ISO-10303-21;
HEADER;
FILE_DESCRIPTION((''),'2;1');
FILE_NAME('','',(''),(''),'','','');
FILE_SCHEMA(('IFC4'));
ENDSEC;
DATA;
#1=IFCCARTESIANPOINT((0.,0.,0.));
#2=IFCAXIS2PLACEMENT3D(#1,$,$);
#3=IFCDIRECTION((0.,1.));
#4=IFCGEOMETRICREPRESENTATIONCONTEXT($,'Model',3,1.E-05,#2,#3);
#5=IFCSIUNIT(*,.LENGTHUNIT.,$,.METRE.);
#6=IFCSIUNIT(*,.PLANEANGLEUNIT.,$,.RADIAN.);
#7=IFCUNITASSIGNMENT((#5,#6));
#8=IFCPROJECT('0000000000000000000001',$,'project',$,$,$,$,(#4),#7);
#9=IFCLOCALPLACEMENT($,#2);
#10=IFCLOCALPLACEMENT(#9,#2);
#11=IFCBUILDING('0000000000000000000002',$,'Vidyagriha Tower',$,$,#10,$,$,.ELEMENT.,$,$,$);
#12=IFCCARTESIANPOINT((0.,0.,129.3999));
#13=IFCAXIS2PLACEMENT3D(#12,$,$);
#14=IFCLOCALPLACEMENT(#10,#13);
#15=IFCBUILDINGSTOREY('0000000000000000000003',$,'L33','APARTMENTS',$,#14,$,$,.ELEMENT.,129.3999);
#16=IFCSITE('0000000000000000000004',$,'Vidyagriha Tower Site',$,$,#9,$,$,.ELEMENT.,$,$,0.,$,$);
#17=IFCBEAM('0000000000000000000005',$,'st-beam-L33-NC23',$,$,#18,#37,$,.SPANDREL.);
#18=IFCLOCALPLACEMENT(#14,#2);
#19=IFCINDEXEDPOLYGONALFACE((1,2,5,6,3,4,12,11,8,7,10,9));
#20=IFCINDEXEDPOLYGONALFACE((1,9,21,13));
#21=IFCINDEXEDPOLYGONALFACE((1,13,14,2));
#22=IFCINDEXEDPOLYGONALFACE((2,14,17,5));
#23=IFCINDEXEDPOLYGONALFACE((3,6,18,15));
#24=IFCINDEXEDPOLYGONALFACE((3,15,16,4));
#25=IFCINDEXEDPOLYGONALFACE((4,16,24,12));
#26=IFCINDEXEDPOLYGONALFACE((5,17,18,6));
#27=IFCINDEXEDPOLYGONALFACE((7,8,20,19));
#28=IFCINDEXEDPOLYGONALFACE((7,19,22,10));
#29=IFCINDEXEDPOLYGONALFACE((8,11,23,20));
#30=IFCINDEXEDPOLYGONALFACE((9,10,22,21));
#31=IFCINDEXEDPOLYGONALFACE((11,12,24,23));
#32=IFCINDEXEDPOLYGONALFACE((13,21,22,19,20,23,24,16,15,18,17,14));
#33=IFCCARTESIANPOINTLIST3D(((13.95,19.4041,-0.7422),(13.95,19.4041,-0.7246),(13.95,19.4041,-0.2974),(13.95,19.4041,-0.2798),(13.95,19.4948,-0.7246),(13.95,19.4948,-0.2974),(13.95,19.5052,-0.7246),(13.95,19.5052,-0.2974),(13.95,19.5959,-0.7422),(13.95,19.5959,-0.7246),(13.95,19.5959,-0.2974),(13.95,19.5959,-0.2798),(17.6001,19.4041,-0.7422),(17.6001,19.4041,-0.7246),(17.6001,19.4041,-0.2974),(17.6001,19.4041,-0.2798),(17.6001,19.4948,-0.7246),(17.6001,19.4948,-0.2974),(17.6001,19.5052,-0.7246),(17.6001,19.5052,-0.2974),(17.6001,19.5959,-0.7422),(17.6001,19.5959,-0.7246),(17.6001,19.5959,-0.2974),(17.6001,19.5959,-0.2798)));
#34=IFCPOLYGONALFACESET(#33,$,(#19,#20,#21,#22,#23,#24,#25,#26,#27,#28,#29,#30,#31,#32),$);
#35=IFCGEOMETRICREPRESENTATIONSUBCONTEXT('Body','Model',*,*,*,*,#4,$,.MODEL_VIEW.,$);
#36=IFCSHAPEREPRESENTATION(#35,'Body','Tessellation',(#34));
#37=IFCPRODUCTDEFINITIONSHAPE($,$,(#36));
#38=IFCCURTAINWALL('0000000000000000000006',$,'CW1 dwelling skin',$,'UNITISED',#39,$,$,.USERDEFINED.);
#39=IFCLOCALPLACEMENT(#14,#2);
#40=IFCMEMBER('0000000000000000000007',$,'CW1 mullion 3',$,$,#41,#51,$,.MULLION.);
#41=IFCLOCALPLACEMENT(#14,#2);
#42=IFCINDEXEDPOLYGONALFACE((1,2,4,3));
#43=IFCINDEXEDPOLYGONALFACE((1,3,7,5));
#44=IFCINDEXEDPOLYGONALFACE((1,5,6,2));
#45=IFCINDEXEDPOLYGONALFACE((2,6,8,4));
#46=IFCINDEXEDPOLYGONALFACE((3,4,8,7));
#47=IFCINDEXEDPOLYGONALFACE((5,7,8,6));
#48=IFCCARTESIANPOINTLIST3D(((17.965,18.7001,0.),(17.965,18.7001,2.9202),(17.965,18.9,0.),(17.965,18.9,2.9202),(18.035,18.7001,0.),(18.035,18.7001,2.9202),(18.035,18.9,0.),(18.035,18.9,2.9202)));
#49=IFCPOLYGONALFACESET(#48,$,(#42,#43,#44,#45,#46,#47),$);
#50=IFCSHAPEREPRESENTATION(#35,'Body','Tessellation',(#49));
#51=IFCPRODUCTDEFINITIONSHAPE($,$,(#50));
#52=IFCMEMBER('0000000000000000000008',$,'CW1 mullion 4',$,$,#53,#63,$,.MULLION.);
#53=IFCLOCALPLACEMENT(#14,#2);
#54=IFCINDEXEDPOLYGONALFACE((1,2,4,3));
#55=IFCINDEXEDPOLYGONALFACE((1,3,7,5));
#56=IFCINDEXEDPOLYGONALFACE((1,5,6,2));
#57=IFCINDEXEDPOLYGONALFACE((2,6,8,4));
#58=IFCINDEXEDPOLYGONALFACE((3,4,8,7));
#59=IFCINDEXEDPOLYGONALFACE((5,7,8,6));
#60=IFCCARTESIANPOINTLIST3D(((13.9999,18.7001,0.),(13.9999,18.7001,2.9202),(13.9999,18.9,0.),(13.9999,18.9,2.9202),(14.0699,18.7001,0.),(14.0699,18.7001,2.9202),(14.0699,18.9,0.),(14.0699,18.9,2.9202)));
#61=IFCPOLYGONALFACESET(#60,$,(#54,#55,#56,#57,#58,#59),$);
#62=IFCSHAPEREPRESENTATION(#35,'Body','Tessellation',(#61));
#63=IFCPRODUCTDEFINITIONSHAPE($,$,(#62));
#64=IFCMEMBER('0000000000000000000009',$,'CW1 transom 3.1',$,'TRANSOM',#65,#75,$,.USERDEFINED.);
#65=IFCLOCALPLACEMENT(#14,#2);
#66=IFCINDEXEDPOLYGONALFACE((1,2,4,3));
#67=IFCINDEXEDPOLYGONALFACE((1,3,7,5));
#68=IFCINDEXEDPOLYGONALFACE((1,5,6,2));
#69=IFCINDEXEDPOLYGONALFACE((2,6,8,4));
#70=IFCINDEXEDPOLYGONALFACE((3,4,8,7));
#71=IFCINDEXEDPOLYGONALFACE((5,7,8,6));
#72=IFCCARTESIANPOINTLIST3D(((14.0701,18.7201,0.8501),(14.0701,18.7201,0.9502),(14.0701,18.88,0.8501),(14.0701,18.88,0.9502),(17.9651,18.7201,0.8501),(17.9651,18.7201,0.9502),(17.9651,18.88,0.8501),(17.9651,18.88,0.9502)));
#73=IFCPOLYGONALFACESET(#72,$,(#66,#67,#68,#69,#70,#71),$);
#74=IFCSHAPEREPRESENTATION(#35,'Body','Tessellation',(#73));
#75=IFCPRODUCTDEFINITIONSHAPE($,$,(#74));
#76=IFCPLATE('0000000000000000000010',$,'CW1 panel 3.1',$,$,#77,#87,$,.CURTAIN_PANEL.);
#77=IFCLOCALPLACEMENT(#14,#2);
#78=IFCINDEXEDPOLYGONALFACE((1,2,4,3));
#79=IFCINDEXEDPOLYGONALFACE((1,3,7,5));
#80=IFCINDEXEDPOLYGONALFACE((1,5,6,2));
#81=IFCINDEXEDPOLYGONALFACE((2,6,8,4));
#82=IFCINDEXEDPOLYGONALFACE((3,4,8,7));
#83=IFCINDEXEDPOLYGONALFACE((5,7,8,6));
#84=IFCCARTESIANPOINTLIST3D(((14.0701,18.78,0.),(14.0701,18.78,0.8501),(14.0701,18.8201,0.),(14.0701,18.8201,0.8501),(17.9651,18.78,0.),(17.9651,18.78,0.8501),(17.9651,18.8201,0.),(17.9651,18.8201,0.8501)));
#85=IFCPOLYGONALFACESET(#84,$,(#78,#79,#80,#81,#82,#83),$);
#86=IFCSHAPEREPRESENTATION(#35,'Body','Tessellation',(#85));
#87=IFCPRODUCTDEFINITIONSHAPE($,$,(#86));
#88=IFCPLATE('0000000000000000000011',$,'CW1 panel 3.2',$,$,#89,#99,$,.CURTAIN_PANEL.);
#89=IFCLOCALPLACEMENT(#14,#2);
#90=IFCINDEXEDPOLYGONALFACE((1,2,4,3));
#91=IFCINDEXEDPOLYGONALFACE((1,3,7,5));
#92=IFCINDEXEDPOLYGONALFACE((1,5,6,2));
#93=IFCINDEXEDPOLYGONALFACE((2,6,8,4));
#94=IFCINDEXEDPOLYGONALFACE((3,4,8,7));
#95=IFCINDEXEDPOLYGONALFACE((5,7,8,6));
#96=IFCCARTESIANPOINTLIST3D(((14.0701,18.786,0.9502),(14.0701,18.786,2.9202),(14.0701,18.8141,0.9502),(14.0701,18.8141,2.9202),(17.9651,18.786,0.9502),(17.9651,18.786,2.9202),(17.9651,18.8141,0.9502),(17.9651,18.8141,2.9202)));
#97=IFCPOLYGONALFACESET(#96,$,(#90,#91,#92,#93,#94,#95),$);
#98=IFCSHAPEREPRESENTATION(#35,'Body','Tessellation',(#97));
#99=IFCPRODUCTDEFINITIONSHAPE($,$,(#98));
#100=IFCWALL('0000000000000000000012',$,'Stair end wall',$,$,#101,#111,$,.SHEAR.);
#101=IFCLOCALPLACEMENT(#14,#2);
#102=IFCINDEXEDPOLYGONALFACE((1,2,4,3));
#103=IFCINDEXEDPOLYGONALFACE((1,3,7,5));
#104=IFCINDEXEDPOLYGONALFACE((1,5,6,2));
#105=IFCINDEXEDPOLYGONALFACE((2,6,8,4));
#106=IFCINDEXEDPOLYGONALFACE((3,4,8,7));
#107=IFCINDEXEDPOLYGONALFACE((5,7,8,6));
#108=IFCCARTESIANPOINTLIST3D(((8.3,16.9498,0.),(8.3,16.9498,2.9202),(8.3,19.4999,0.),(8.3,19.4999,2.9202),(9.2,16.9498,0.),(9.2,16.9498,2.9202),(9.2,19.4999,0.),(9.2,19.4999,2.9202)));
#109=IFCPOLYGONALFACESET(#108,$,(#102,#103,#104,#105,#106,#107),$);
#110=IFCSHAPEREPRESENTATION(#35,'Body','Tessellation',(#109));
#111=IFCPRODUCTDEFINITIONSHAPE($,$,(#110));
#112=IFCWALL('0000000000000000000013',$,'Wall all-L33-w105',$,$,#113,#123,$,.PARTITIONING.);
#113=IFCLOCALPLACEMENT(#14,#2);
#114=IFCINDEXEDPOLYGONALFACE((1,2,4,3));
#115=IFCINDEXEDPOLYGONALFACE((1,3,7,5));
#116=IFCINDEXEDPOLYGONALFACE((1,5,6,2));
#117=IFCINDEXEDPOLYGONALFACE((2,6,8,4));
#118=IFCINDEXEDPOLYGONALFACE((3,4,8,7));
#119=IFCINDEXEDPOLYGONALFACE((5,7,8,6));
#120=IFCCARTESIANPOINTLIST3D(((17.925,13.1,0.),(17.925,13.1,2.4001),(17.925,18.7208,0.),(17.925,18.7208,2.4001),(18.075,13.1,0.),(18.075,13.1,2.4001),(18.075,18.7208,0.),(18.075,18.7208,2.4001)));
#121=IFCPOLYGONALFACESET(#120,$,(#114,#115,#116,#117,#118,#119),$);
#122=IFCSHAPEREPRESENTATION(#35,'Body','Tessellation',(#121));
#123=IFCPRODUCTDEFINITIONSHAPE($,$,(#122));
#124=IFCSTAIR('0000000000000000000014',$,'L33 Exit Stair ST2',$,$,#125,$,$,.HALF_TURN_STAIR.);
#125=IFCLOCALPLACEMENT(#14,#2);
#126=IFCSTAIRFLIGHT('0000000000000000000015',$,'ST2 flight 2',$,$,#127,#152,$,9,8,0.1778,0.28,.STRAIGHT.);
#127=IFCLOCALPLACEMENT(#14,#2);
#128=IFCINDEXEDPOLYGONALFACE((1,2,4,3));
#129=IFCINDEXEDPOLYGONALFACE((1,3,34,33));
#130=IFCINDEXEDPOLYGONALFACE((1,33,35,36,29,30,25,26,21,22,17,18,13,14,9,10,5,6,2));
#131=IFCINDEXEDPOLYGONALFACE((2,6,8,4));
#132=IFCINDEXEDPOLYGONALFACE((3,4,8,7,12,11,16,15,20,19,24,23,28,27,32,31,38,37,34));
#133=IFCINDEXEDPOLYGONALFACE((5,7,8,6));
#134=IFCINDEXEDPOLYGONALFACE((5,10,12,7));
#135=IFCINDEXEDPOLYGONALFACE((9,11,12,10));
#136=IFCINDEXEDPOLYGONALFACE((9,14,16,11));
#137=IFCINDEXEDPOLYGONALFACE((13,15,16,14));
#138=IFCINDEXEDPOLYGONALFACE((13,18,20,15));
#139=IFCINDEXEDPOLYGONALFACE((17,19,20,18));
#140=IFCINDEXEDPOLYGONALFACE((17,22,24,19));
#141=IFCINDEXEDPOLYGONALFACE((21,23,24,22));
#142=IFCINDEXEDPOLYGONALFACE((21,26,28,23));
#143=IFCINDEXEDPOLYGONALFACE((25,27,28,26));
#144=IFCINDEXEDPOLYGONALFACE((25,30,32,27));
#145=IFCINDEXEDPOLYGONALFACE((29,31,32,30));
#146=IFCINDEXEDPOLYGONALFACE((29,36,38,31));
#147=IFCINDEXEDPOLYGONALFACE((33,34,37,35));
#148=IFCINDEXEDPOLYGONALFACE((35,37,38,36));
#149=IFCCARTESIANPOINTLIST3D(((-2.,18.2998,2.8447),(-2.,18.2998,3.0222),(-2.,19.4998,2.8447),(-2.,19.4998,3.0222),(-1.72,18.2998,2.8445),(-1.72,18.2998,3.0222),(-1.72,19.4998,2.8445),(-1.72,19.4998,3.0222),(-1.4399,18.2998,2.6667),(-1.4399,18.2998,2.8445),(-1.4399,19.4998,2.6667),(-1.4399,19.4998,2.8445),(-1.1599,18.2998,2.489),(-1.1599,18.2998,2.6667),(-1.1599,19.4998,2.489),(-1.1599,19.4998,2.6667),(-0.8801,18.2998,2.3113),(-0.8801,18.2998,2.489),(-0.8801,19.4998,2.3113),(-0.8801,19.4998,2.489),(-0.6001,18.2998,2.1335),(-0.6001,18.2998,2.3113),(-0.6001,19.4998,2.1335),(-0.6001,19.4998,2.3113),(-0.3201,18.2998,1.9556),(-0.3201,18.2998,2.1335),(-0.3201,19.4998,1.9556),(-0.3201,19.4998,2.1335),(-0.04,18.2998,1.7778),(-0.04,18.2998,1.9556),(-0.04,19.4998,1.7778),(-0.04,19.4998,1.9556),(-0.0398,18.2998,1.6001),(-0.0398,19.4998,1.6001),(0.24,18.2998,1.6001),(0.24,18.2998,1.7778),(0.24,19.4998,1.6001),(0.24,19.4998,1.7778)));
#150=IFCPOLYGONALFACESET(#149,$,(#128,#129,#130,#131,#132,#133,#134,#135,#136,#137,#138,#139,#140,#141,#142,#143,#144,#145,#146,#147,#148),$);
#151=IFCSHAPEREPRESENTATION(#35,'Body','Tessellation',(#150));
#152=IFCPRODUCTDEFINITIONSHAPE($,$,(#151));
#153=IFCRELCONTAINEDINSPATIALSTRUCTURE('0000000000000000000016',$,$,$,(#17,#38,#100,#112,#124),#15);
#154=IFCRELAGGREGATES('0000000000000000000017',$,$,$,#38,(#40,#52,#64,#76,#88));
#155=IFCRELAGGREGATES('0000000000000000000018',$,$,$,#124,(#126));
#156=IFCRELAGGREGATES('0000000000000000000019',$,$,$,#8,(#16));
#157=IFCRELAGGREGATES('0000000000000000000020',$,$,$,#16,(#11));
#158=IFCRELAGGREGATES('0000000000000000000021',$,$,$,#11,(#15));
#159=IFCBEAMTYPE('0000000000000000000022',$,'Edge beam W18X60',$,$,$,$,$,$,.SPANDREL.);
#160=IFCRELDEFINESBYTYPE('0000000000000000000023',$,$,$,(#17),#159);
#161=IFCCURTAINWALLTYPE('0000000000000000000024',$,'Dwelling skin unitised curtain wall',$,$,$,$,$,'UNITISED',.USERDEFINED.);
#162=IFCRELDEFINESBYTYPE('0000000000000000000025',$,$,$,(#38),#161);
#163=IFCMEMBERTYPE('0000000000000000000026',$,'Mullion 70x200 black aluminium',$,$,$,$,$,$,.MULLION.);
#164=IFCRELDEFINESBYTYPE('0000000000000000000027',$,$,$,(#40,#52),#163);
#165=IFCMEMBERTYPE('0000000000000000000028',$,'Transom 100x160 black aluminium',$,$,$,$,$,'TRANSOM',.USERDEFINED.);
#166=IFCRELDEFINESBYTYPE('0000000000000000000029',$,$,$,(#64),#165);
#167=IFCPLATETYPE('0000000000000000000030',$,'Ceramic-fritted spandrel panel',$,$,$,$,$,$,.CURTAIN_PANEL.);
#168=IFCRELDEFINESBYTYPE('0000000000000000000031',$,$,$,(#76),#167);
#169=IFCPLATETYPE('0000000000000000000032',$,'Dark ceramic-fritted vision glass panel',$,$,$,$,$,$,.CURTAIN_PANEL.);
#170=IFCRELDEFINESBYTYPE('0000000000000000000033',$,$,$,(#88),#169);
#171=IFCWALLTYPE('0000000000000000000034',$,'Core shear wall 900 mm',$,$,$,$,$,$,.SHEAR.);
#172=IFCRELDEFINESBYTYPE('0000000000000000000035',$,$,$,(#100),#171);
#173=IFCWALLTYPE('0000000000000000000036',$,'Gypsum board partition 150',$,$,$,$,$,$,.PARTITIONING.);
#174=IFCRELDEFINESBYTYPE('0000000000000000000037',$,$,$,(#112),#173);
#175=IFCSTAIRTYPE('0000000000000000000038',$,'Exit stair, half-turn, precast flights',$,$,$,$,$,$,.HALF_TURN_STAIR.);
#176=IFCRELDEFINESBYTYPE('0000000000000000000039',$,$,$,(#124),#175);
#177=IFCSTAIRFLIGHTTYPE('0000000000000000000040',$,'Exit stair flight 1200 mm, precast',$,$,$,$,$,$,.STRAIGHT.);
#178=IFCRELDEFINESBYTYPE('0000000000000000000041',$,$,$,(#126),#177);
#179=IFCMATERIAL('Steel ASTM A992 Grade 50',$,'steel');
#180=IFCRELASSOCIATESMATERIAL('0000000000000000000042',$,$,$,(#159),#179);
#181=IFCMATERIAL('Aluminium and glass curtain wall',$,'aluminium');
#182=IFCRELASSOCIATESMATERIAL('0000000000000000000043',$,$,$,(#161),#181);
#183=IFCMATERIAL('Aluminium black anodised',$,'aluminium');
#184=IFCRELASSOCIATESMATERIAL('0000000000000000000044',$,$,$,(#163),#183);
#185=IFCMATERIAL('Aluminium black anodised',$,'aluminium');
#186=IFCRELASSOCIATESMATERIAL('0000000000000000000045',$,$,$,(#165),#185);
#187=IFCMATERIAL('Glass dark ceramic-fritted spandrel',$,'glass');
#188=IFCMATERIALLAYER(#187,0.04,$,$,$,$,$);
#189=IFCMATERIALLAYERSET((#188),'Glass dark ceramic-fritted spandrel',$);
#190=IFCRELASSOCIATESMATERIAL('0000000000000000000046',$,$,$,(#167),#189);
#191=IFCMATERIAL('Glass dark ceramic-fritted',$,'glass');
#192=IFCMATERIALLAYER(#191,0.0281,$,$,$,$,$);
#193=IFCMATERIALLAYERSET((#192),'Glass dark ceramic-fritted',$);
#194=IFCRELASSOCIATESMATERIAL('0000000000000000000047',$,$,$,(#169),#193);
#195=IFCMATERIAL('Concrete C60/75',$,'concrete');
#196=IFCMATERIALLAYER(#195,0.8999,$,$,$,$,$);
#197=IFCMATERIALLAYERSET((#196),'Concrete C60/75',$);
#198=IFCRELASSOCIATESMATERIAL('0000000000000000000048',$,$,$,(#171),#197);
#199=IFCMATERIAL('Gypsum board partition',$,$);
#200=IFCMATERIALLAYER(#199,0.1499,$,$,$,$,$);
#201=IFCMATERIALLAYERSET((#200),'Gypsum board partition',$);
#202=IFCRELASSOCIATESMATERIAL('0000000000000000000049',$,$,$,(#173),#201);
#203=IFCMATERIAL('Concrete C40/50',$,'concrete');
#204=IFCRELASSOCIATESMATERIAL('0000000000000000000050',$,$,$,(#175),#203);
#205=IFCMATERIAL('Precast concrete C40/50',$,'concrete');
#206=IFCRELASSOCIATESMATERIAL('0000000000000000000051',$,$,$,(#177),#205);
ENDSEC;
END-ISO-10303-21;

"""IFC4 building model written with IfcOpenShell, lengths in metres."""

from ifc_helpers import new_model, si_unit, direction, frame, frame_2d, origin, origin_2d, place, context, subcontext, project, spatial, polyline, rectangle, i_section, outline, extrude, material, layer, layer_set, material_profile, profile_set, type_object, element, aggregate, save


model = new_model("IFC4")

# Units and contexts
model_context = context("Model", 3, precision=1e-05, world=origin(), true_north=direction((0.0, 1.0)))
body_context = subcontext(model_context, "Body", "Model", "MODEL_VIEW")
ifc_project = project(units=[si_unit("LENGTHUNIT", "METRE"), si_unit("PLANEANGLEUNIT", "RADIAN")], contexts=[model_context])

# Site, building, storey
site_placement = place(None, origin())
site = spatial("IfcSite", under=ifc_project, at=site_placement, Name="Vidyagriha Tower Site", CompositionType="ELEMENT", RefElevation=0.0)
building_placement = place(site_placement, origin())
building = spatial("IfcBuilding", under=site, at=building_placement, Name="Vidyagriha Tower", CompositionType="ELEMENT")
storey_placement = place(building_placement, frame((0.0, 0.0, 129.3999)))
storey = spatial("IfcBuildingStorey", under=building, at=storey_placement, Name="L33", Description="APARTMENTS", CompositionType="ELEMENT", Elevation=129.3999)

# Beam
ifc_material_1 = material(Name="Steel ASTM A992 Grade 50", Category="steel")
ifc_material_profile_1 = material_profile(ifc_material_1, i_section(OverallWidth=0.1919, OverallDepth=0.4624, WebThickness=0.0105, FlangeThickness=0.0176, at=origin_2d()), Name="W18X60")
ifc_profile_set_1 = profile_set([ifc_material_profile_1], Name="Steel ASTM A992 Grade 50")
beam_type = type_object("IfcBeamType", Name="Edge beam W18X60", PredefinedType="SPANDREL", material=ifc_profile_set_1)
beam_placement = place(storey_placement, frame((13.95, 19.5, -0.511), z_axis=(1.0, 0.0, 0.0), x_axis=(0.0, 1.0, 0.0)))
element("IfcBeam", 1, at=beam_placement, inside=storey, type_object=beam_type, Name="st-beam-L33-NC23", PredefinedType="SPANDREL", context=body_context, shape_type="SweptSolid", body=[
    extrude(i_section(OverallWidth=0.1919, OverallDepth=0.4624, WebThickness=0.0105, FlangeThickness=0.0176, at=origin_2d()), origin(), (0.0, 0.0, 1.0), 3.6501),
])

# Curtain wall, members, plates
ifc_material_2 = material(Name="Aluminium and glass curtain wall", Category="aluminium")
curtain_wall_type = type_object("IfcCurtainWallType", Name="Dwelling skin unitised curtain wall", ElementType="UNITISED", PredefinedType="USERDEFINED", material=ifc_material_2)
curtain_wall_placement = place(storey_placement, origin())
curtain_wall = element("IfcCurtainWall", 2, at=curtain_wall_placement, inside=storey, type_object=curtain_wall_type, Name="CW1 dwelling skin", ObjectType="UNITISED", PredefinedType="USERDEFINED")
ifc_material_3 = material(Name="Aluminium black anodised", Category="aluminium")
ifc_material_profile_2 = material_profile(ifc_material_3, rectangle(XDim=0.2, YDim=0.0701, at=origin_2d()), Name="Mullion 70x200 black aluminium")
ifc_profile_set_2 = profile_set([ifc_material_profile_2], Name="Aluminium black anodised")
member_type_1 = type_object("IfcMemberType", Name="Mullion 70x200 black aluminium", PredefinedType="MULLION", material=ifc_profile_set_2)
member_1_placement = place(storey_placement, frame((18.0, 18.8, 0.0), z_axis=(0.0, 0.0, 1.0), x_axis=(0.0, -1.0, 0.0)))
member_1 = element("IfcMember", 3, at=member_1_placement, type_object=member_type_1, Name="CW1 mullion 3", PredefinedType="MULLION", context=body_context, shape_type="SweptSolid", body=[
    extrude(rectangle(XDim=0.2, YDim=0.0701, at=origin_2d()), origin(), (0.0, 0.0, 1.0), 2.9202),
])
member_2_placement = place(storey_placement, frame((14.0349, 18.8, 0.0), z_axis=(0.0, 0.0, 1.0), x_axis=(0.0, -1.0, 0.0)))
member_2 = element("IfcMember", 4, at=member_2_placement, type_object=member_type_1, Name="CW1 mullion 4", PredefinedType="MULLION", context=body_context, shape_type="SweptSolid", body=[
    extrude(rectangle(XDim=0.2, YDim=0.0701, at=origin_2d()), origin(), (0.0, 0.0, 1.0), 2.9202),
])
ifc_material_4 = material(Name="Aluminium black anodised", Category="aluminium")
ifc_material_profile_3 = material_profile(ifc_material_4, rectangle(XDim=0.1599, YDim=0.1001, at=origin_2d()), Name="Transom 100x160 black aluminium")
ifc_profile_set_3 = profile_set([ifc_material_profile_3], Name="Aluminium black anodised")
member_type_2 = type_object("IfcMemberType", Name="Transom 100x160 black aluminium", ElementType="TRANSOM", PredefinedType="USERDEFINED", material=ifc_profile_set_3)
member_3_placement = place(storey_placement, frame((17.9651, 18.8, 0.9001), z_axis=(-1.0, 0.0, 0.0), x_axis=(0.0, -1.0, 0.0)))
member_3 = element("IfcMember", 5, at=member_3_placement, type_object=member_type_2, Name="CW1 transom 3.1", ObjectType="TRANSOM", PredefinedType="USERDEFINED", context=body_context, shape_type="SweptSolid", body=[
    extrude(rectangle(XDim=0.1599, YDim=0.1001, at=origin_2d()), origin(), (0.0, 0.0, 1.0), 3.895),
])
ifc_material_5 = material(Name="Glass dark ceramic-fritted spandrel", Category="glass")
ifc_layer_1 = layer(ifc_material_5, 0.04)
ifc_layer_set_1 = layer_set([ifc_layer_1], Name="Glass dark ceramic-fritted spandrel")
plate_type_1 = type_object("IfcPlateType", Name="Ceramic-fritted spandrel panel", PredefinedType="CURTAIN_PANEL", material=ifc_layer_set_1)
plate_1_placement = place(storey_placement, frame((16.0176, 18.8, 0.0), z_axis=(0.0, 0.0, 1.0), x_axis=(-1.0, 0.0, 0.0)))
plate_1 = element("IfcPlate", 6, at=plate_1_placement, type_object=plate_type_1, Name="CW1 panel 3.1", PredefinedType="CURTAIN_PANEL", context=body_context, shape_type="SweptSolid", body=[
    extrude(rectangle(XDim=3.895, YDim=0.04, at=origin_2d()), origin(), (0.0, 0.0, 1.0), 0.8501),
])
ifc_material_6 = material(Name="Glass dark ceramic-fritted", Category="glass")
ifc_layer_2 = layer(ifc_material_6, 0.0281)
ifc_layer_set_2 = layer_set([ifc_layer_2], Name="Glass dark ceramic-fritted")
plate_type_2 = type_object("IfcPlateType", Name="Dark ceramic-fritted vision glass panel", PredefinedType="CURTAIN_PANEL", material=ifc_layer_set_2)
plate_2_placement = place(storey_placement, frame((16.0176, 18.8, 0.9502), z_axis=(0.0, 0.0, 1.0), x_axis=(-1.0, 0.0, 0.0)))
plate_2 = element("IfcPlate", 7, at=plate_2_placement, type_object=plate_type_2, Name="CW1 panel 3.2", PredefinedType="CURTAIN_PANEL", context=body_context, shape_type="SweptSolid", body=[
    extrude(rectangle(XDim=3.895, YDim=0.0281, at=origin_2d()), origin(), (0.0, 0.0, 1.0), 1.97),
])
aggregate(curtain_wall, [member_1, member_2, member_3, plate_1, plate_2])

# Walls
ifc_material_7 = material(Name="Concrete C60/75", Category="concrete")
ifc_layer_3 = layer(ifc_material_7, 0.8999)
ifc_layer_set_3 = layer_set([ifc_layer_3], Name="Concrete C60/75")
wall_type_1 = type_object("IfcWallType", Name="Core shear wall 900 mm", PredefinedType="SHEAR", material=ifc_layer_set_3)
wall_1_placement = place(storey_placement, frame((8.75, 16.95, 0.0), z_axis=(0.0, 0.0, 1.0), x_axis=(0.0, 1.0, 0.0)))
element("IfcWall", 8, at=wall_1_placement, inside=storey, type_object=wall_type_1, Name="Stair end wall", PredefinedType="SHEAR", context=body_context, shape_type="SweptSolid", body=[
    extrude(rectangle(XDim=2.55, YDim=0.8999, at=frame_2d((1.2749, 0.0))), origin(), (0.0, 0.0, 1.0), 2.9202),
])
ifc_material_8 = material(Name="Gypsum board partition")
ifc_layer_4 = layer(ifc_material_8, 0.1499)
ifc_layer_set_4 = layer_set([ifc_layer_4], Name="Gypsum board partition")
wall_type_2 = type_object("IfcWallType", Name="Gypsum board partition 150", PredefinedType="PARTITIONING", material=ifc_layer_set_4)
wall_2_placement = place(storey_placement, frame((18.0, 18.7209, 0.0), z_axis=(0.0, 0.0, 1.0), x_axis=(0.0, -1.0, 0.0)))
element("IfcWall", 9, at=wall_2_placement, inside=storey, type_object=wall_type_2, Name="Wall all-L33-w105", PredefinedType="PARTITIONING", context=body_context, shape_type="SweptSolid", body=[
    extrude(rectangle(XDim=5.6208, YDim=0.1499, at=frame_2d((2.8105, 0.0))), origin(), (0.0, 0.0, 1.0), 2.4001),
])

# Stair, stair flight
ifc_material_9 = material(Name="Concrete C40/50", Category="concrete")
stair_type = type_object("IfcStairType", Name="Exit stair, half-turn, precast flights", PredefinedType="HALF_TURN_STAIR", material=ifc_material_9)
stair_1_placement = place(storey_placement, origin())
stair_1 = element("IfcStair", 10, at=stair_1_placement, inside=storey, type_object=stair_type, Name="L33 Exit Stair ST2", PredefinedType="HALF_TURN_STAIR")
ifc_material_10 = material(Name="Precast concrete C40/50", Category="concrete")
stair_flight_type = type_object("IfcStairFlightType", Name="Exit stair flight 1200 mm, precast", PredefinedType="STRAIGHT", material=ifc_material_10)
stair_flight_1_placement = place(storey_placement, frame((0.24, 18.8999, 1.6001), z_axis=(0.0, 0.0, 1.0), x_axis=(-1.0, 0.0, 0.0)))
stair_flight_1 = element("IfcStairFlight", 11, at=stair_flight_1_placement, type_object=stair_flight_type, Name="ST2 flight 2", NumberOfRisers=9, NumberOfTreads=8, PredefinedType="STRAIGHT", RiserHeight=0.1778, TreadLength=0.28, context=body_context, shape_type="SweptSolid", body=[
    extrude(outline(polyline([(0.0, 0.0), (0.0, 0.1777), (0.28, 0.1777), (0.28, 0.3555), (0.5601, 0.3555), (0.5601, 0.5334), (0.8401, 0.5334), (0.8401, 0.7112), (1.1201, 0.7112), (1.1201, 0.8889), (1.3999, 0.8889), (1.3999, 1.0667), (1.6799, 1.0667), (1.6799, 1.2444), (1.96, 1.2444), (1.96, 1.4221), (2.24, 1.4221), (2.24, 1.6001), (2.24, 1.2446), (0.2798, 0.0), (0.0, 0.0)])), frame((0.0, 0.6001, 0.0), z_axis=(0.0, -1.0, 0.0), x_axis=(1.0, 0.0, 0.0)), (0.0, 0.0, 1.0), 1.2),
])
aggregate(stair_1, [stair_flight_1])

save(model, "model.ifc")
